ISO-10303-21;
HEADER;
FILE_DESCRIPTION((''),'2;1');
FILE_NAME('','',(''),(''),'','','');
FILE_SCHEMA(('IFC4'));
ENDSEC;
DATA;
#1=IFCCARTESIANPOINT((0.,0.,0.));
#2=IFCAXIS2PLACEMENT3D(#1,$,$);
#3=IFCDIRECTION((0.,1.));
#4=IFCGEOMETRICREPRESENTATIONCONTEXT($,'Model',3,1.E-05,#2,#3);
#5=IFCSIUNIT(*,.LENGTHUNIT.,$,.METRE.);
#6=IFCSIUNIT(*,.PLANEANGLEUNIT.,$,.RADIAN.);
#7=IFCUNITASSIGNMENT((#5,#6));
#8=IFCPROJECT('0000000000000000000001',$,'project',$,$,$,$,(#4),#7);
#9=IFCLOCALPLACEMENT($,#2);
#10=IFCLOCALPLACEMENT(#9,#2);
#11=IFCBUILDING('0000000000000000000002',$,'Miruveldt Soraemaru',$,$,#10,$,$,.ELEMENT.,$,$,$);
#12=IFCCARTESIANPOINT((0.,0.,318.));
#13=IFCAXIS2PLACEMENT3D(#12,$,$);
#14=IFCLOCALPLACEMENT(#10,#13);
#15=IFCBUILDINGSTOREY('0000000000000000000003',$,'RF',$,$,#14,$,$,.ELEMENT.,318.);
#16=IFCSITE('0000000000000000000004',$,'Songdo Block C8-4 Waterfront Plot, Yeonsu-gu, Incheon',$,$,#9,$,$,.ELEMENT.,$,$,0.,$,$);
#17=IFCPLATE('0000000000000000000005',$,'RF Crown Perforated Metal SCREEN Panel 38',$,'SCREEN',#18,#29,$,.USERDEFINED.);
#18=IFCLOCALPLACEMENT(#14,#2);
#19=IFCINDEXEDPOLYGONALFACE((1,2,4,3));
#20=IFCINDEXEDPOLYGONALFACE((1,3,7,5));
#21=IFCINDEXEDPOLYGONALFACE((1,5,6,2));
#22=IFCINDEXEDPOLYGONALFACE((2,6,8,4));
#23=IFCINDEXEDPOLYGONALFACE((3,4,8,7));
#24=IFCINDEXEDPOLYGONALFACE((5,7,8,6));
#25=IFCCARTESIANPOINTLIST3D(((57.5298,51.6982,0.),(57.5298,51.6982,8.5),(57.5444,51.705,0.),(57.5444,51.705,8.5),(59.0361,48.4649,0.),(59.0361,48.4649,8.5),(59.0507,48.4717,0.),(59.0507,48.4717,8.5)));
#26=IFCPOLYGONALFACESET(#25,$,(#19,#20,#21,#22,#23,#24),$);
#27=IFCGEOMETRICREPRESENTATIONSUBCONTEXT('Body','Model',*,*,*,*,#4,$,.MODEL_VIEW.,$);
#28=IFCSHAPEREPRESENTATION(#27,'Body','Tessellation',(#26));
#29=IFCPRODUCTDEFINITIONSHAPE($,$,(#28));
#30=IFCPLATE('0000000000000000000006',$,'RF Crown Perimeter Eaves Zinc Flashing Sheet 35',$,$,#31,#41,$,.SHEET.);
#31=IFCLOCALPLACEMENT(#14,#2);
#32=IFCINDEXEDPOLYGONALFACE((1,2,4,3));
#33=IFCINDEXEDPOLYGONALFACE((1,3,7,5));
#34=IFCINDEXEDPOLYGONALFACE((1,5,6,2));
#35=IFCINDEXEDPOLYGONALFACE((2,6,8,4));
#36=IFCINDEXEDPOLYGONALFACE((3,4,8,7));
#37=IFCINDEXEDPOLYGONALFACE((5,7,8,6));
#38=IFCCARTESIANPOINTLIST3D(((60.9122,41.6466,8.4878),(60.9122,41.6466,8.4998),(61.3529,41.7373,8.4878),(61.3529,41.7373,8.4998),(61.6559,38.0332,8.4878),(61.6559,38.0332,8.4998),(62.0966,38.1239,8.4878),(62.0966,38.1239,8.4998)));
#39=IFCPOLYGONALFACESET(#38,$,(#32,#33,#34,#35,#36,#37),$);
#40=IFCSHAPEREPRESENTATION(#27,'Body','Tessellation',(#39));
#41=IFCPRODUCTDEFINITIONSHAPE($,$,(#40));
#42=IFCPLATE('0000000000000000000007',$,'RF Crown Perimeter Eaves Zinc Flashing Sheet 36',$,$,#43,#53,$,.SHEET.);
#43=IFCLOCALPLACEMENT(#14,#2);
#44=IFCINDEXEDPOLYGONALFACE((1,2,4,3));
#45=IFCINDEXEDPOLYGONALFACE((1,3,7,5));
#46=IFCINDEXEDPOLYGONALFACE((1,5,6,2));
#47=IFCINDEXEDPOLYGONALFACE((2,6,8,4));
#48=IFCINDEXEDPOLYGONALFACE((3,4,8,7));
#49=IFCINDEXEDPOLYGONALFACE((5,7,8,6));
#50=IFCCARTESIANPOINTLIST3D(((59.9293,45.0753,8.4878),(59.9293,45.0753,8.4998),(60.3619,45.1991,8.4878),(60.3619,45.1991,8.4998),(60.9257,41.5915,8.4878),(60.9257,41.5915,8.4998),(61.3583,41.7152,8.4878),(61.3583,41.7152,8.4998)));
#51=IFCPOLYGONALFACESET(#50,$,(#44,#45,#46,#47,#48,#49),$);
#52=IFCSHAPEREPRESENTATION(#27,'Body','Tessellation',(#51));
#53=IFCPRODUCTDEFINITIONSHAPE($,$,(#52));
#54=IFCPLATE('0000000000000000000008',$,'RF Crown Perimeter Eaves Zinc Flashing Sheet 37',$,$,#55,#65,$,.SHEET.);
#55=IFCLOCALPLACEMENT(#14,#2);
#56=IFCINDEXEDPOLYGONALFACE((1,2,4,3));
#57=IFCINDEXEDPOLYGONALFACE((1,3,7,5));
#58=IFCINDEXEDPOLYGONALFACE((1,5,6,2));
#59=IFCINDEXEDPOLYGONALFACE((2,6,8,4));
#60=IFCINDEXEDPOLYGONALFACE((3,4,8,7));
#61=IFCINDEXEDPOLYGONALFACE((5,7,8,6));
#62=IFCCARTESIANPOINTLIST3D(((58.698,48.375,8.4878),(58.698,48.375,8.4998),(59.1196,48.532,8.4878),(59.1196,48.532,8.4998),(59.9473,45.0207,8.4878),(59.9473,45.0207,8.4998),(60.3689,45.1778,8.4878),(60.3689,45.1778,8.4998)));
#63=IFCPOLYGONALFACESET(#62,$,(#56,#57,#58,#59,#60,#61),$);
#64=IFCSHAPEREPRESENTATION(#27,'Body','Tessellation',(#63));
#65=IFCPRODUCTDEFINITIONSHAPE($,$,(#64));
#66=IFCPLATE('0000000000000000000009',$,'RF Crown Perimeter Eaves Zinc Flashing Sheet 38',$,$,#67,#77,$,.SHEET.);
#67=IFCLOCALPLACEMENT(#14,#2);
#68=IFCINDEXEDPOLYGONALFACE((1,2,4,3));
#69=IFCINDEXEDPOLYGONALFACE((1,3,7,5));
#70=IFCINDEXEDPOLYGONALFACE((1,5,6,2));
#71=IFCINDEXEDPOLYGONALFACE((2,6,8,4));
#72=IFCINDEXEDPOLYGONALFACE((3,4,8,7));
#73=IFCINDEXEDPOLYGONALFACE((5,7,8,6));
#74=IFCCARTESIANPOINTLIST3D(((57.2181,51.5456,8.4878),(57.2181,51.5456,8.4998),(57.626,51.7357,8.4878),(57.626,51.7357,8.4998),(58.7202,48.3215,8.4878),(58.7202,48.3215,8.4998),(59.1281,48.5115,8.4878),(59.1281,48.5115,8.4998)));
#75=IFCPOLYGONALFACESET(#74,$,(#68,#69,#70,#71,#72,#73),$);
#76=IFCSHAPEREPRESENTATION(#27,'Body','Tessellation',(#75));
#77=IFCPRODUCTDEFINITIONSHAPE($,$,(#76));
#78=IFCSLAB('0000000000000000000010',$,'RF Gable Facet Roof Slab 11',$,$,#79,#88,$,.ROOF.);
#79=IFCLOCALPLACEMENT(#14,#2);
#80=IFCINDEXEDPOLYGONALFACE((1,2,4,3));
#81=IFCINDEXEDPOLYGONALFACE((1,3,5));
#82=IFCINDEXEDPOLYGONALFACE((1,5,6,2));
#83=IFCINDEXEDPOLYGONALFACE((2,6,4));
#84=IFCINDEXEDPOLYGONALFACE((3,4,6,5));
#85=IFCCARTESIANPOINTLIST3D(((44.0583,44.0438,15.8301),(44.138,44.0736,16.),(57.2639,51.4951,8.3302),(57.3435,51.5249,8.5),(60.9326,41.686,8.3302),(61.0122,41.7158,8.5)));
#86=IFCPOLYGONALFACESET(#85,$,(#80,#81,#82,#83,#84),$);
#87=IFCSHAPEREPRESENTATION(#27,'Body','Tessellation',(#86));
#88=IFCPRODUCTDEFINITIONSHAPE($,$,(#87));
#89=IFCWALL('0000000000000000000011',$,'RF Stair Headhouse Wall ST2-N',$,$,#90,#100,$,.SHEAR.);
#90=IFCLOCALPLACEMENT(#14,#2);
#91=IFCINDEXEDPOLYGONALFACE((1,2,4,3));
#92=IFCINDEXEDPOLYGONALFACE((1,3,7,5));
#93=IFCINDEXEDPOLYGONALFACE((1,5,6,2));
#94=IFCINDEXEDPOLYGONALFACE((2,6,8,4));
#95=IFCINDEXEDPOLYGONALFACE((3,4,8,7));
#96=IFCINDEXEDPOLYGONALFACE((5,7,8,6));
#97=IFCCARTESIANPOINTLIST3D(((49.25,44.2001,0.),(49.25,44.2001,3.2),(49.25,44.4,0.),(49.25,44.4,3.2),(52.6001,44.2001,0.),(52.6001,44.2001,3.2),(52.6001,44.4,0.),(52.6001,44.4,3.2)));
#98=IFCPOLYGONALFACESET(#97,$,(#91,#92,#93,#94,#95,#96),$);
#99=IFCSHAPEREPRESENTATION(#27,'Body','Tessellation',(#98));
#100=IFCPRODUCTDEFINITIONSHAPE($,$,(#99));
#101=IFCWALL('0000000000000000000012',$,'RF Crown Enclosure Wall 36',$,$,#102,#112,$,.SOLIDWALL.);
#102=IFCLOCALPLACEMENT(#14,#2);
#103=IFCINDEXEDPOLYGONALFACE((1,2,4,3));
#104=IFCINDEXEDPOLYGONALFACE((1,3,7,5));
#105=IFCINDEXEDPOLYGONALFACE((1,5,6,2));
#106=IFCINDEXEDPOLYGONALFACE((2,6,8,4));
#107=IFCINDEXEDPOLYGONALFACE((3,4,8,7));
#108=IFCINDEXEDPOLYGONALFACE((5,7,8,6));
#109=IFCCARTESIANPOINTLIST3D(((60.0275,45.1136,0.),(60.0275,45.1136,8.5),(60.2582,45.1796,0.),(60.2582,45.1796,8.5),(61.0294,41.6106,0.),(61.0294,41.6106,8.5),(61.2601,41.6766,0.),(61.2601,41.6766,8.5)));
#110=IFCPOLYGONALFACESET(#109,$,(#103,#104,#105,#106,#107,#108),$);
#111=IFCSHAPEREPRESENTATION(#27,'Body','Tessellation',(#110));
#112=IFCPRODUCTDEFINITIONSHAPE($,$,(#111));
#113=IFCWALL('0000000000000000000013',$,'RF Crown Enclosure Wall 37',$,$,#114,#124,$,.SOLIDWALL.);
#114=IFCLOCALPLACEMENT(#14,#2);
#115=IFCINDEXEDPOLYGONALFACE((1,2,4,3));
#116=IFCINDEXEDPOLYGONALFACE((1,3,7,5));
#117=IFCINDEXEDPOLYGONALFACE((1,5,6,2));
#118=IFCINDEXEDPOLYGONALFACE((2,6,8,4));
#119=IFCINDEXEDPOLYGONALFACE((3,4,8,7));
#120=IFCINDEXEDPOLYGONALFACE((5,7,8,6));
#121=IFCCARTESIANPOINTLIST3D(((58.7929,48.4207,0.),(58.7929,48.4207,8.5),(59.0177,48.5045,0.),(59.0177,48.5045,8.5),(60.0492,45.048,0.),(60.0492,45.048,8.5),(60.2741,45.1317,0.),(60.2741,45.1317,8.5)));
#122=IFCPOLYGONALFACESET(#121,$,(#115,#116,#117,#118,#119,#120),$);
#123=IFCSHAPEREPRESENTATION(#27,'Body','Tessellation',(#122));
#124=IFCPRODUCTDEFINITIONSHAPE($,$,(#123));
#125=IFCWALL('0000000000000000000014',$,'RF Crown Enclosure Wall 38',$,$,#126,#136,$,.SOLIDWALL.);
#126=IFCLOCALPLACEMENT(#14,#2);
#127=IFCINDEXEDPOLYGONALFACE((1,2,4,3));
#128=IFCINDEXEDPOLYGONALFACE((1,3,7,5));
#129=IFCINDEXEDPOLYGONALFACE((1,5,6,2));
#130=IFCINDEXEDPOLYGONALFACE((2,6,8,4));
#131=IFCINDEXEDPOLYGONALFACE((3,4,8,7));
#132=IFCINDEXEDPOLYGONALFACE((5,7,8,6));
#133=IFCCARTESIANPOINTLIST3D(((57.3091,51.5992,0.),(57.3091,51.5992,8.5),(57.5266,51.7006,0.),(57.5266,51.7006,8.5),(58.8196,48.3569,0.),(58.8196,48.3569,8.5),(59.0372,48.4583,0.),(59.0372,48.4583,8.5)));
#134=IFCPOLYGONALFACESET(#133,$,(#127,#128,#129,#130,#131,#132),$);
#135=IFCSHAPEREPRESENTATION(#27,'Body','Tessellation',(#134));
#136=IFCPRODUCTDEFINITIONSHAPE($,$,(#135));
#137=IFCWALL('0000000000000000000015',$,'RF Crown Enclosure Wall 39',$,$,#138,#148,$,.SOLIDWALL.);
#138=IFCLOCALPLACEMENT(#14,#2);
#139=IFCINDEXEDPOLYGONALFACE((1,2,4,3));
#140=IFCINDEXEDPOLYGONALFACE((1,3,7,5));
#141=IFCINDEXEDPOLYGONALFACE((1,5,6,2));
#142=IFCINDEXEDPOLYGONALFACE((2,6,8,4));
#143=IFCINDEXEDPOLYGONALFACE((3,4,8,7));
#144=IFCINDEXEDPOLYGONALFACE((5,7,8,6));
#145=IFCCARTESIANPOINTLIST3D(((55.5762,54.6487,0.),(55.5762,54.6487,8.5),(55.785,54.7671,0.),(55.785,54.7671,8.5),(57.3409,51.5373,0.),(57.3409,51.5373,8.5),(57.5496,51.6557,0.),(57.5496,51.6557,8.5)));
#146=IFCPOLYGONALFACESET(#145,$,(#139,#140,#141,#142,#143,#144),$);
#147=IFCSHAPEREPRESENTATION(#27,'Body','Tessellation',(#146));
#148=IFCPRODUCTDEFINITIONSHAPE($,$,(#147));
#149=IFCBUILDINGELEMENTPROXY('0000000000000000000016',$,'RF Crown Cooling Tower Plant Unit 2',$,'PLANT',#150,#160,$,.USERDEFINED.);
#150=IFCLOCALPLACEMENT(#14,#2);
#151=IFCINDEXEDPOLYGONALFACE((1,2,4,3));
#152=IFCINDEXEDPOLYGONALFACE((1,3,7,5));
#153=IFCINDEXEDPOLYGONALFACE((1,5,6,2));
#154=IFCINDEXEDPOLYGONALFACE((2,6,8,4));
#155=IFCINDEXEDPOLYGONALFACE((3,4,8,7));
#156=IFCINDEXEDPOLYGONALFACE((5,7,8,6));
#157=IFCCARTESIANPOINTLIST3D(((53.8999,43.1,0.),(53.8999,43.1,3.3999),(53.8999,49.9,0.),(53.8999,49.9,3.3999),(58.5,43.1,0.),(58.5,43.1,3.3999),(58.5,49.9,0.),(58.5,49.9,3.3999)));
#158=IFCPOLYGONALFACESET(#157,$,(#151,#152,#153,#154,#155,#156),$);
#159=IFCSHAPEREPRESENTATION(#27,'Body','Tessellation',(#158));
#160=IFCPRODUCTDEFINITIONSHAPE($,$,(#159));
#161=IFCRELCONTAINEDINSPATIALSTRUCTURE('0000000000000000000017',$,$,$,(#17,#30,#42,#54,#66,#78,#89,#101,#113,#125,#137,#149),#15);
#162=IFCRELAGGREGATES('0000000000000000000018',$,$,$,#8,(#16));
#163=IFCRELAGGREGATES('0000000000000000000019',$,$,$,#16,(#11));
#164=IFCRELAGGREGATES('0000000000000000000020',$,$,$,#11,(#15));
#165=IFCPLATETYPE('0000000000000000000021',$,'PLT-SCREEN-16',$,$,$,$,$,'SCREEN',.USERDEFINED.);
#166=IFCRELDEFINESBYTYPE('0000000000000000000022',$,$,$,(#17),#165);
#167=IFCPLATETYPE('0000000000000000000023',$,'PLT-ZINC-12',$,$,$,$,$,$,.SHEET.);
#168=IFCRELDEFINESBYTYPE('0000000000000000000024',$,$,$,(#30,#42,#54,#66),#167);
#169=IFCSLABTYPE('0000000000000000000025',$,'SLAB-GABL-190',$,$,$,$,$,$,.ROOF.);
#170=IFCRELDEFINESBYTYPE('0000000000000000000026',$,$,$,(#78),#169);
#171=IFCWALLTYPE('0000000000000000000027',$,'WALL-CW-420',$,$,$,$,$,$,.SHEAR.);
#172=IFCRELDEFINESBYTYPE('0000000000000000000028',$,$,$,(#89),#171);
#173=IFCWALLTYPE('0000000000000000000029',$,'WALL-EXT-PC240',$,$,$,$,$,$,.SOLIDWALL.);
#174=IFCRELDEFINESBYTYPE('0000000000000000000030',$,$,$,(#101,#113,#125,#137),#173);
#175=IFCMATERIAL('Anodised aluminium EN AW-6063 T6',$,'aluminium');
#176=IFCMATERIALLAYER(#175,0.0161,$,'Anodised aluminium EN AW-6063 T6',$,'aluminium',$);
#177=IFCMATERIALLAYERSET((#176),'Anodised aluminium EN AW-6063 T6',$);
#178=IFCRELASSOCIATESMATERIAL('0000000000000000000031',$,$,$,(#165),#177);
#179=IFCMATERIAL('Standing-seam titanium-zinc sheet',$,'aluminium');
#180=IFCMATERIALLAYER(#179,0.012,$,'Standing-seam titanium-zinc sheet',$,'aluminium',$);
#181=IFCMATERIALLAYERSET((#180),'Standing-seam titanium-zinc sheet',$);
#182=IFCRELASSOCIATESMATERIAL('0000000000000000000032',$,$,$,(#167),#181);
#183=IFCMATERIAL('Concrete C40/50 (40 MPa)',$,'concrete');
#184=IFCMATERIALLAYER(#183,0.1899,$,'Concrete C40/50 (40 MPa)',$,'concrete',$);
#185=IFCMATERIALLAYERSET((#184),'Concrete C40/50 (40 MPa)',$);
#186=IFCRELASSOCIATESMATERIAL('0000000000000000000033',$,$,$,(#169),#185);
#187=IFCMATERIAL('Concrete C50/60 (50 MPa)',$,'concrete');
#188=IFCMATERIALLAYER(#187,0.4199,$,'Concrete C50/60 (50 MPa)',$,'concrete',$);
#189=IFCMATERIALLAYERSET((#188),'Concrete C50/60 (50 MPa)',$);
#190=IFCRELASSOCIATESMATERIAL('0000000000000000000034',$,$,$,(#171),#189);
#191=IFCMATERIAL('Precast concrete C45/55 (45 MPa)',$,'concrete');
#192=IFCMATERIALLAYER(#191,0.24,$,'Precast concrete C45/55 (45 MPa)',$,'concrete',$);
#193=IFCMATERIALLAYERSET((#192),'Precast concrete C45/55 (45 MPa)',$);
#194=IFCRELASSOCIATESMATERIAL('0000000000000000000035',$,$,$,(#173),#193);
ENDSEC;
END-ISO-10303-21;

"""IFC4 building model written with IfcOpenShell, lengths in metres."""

from ifc_helpers import new_model, si_unit, direction, frame, frame_2d, origin, origin_2d, place, context, subcontext, project, spatial, polyline, rectangle, outline, extrude, material, layer, layer_set, type_object, element, save


model = new_model("IFC4")

# Units and contexts
model_context = context("Model", 3, precision=1e-05, world=origin(), true_north=direction((0.0, 1.0)))
body_context = subcontext(model_context, "Body", "Model", "MODEL_VIEW")
ifc_project = project(units=[si_unit("LENGTHUNIT", "METRE"), si_unit("PLANEANGLEUNIT", "RADIAN")], contexts=[model_context])

# Site, building, storey
site_placement = place(None, origin())
site = spatial("IfcSite", under=ifc_project, at=site_placement, Name="Songdo Block C8-4 Waterfront Plot, Yeonsu-gu, Incheon", CompositionType="ELEMENT", RefElevation=0.0)
building_placement = place(site_placement, origin())
building = spatial("IfcBuilding", under=site, at=building_placement, Name="Miruveldt Soraemaru", CompositionType="ELEMENT")
storey_placement = place(building_placement, frame((0.0, 0.0, 318.0)))
storey = spatial("IfcBuildingStorey", under=building, at=storey_placement, Name="RF", CompositionType="ELEMENT", Elevation=318.0)

# Plates
ifc_material_1 = material(Name="Anodised aluminium EN AW-6063 T6", Category="aluminium")
ifc_layer_1 = layer(ifc_material_1, 0.0161, Name="Anodised aluminium EN AW-6063 T6", Category="aluminium")
ifc_layer_set_1 = layer_set([ifc_layer_1], Name="Anodised aluminium EN AW-6063 T6")
plate_type_1 = type_object("IfcPlateType", Name="PLT-SCREEN-16", ElementType="SCREEN", PredefinedType="USERDEFINED", material=ifc_layer_set_1)
plate_1_placement = place(storey_placement, frame((58.2903, 50.085, 0.0), z_axis=(0.0, 0.0, 1.0), x_axis=(-0.422302, 0.906455, 0.0)))
element("IfcPlate", 1, at=plate_1_placement, inside=storey, type_object=plate_type_1, Name="RF Crown Perforated Metal SCREEN Panel 38", ObjectType="SCREEN", PredefinedType="USERDEFINED", context=body_context, shape_type="SweptSolid", body=[
    extrude(rectangle(XDim=3.5669, YDim=0.0161, at=origin_2d()), origin(), (0.0, 0.0, 1.0), 8.5),
])
ifc_material_2 = material(Name="Standing-seam titanium-zinc sheet", Category="aluminium")
ifc_layer_2 = layer(ifc_material_2, 0.012, Name="Standing-seam titanium-zinc sheet", Category="aluminium")
ifc_layer_set_2 = layer_set([ifc_layer_2], Name="Standing-seam titanium-zinc sheet")
plate_type_2 = type_object("IfcPlateType", Name="PLT-ZINC-12", PredefinedType="SHEET", material=ifc_layer_set_2)
plate_2_placement = place(storey_placement, frame((61.5044, 39.8853, 8.4878), z_axis=(0.0, 0.0, 1.0), x_axis=(-0.201574, 0.979473, 0.0)))
element("IfcPlate", 2, at=plate_2_placement, inside=storey, type_object=plate_type_2, Name="RF Crown Perimeter Eaves Zinc Flashing Sheet 35", PredefinedType="SHEET", context=body_context, shape_type="SweptSolid", body=[
    extrude(rectangle(XDim=3.6892, YDim=0.45, at=origin_2d()), origin(), (0.0, 0.0, 1.0), 0.012),
])
plate_3_placement = place(storey_placement, frame((60.6438, 43.3953, 8.4878), z_axis=(0.0, 0.0, 1.0), x_axis=(-0.274966, 0.961454, 0.0)))
element("IfcPlate", 3, at=plate_3_placement, inside=storey, type_object=plate_type_2, Name="RF Crown Perimeter Eaves Zinc Flashing Sheet 36", PredefinedType="SHEET", context=body_context, shape_type="SweptSolid", body=[
    extrude(rectangle(XDim=3.6235, YDim=0.45, at=origin_2d()), origin(), (0.0, 0.0, 1.0), 0.012),
])
plate_4_placement = place(storey_placement, frame((59.5334, 46.7764, 8.4878), z_axis=(0.0, 0.0, 1.0), x_axis=(-0.34903, 0.937112, 0.0)))
element("IfcPlate", 4, at=plate_4_placement, inside=storey, type_object=plate_type_2, Name="RF Crown Perimeter Eaves Zinc Flashing Sheet 37", PredefinedType="SHEET", context=body_context, shape_type="SweptSolid", body=[
    extrude(rectangle(XDim=3.5793, YDim=0.45, at=origin_2d()), origin(), (0.0, 0.0, 1.0), 0.012),
])
plate_5_placement = place(storey_placement, frame((58.1731, 50.0286, 8.4878), z_axis=(0.0, 0.0, 1.0), x_axis=(-0.422302, 0.906455, 0.0)))
element("IfcPlate", 5, at=plate_5_placement, inside=storey, type_object=plate_type_2, Name="RF Crown Perimeter Eaves Zinc Flashing Sheet 38", PredefinedType="SHEET", context=body_context, shape_type="SweptSolid", body=[
    extrude(rectangle(XDim=3.5569, YDim=0.45, at=origin_2d()), origin(), (0.0, 0.0, 1.0), 0.012),
])

# Slab
ifc_material_3 = material(Name="Concrete C40/50 (40 MPa)", Category="concrete")
ifc_layer_3 = layer(ifc_material_3, 0.1899, Name="Concrete C40/50 (40 MPa)", Category="concrete")
ifc_layer_set_3 = layer_set([ifc_layer_3], Name="Concrete C40/50 (40 MPa)")
slab_type = type_object("IfcSlabType", Name="SLAB-GABL-190", PredefinedType="ROOF", material=ifc_layer_set_3)
slab_placement = place(storey_placement, frame((61.0122, 41.7158, 8.5), z_axis=(0.419343, 0.156839, 0.894177), x_axis=(-0.350311, 0.936633, 0.0)))
element("IfcSlab", 6, at=slab_placement, inside=storey, type_object=slab_type, Name="RF Gable Facet Roof Slab 11", PredefinedType="ROOF", context=body_context, shape_type="SweptSolid", body=[
    extrude(outline(polyline([(0.0, 0.0), (10.4727, 0.0), (8.1196, 16.7517), (0.0, 0.0)])), origin(), (0.0, 0.0, -1.0), 0.1899),
])

# Walls
ifc_material_4 = material(Name="Concrete C50/60 (50 MPa)", Category="concrete")
ifc_layer_4 = layer(ifc_material_4, 0.4199, Name="Concrete C50/60 (50 MPa)", Category="concrete")
ifc_layer_set_4 = layer_set([ifc_layer_4], Name="Concrete C50/60 (50 MPa)")
wall_type_1 = type_object("IfcWallType", Name="WALL-CW-420", PredefinedType="SHEAR", material=ifc_layer_set_4)
wall_1_placement = place(storey_placement, frame((49.25, 44.3, 0.0), z_axis=(0.0, 0.0, 1.0), x_axis=(1.0, 0.0, 0.0)))
element("IfcWall", 7, at=wall_1_placement, inside=storey, type_object=wall_type_1, Name="RF Stair Headhouse Wall ST2-N", PredefinedType="SHEAR", context=body_context, shape_type="SweptSolid", body=[
    extrude(rectangle(XDim=3.3501, YDim=0.2, at=frame_2d((1.675, 0.0))), origin(), (0.0, 0.0, 1.0), 3.2),
])
ifc_material_5 = material(Name="Precast concrete C45/55 (45 MPa)", Category="concrete")
ifc_layer_5 = layer(ifc_material_5, 0.24, Name="Precast concrete C45/55 (45 MPa)", Category="concrete")
ifc_layer_set_5 = layer_set([ifc_layer_5], Name="Precast concrete C45/55 (45 MPa)")
wall_type_2 = type_object("IfcWallType", Name="WALL-EXT-PC240", PredefinedType="SOLIDWALL", material=ifc_layer_set_5)
wall_2_placement = place(storey_placement, frame((61.1448, 41.6436, 0.0), z_axis=(0.0, 0.0, 1.0), x_axis=(-0.274987, 0.961448, 0.0)))
element("IfcWall", 8, at=wall_2_placement, inside=storey, type_object=wall_type_2, Name="RF Crown Enclosure Wall 36", PredefinedType="SOLIDWALL", context=body_context, shape_type="SweptSolid", body=[
    extrude(rectangle(XDim=3.6436, YDim=0.24, at=frame_2d((1.8218, 0.0))), origin(), (0.0, 0.0, 1.0), 8.5),
])
wall_3_placement = place(storey_placement, frame((60.1616, 45.0898, 0.0), z_axis=(0.0, 0.0, 1.0), x_axis=(-0.349063, 0.937099, 0.0)))
element("IfcWall", 9, at=wall_3_placement, inside=storey, type_object=wall_type_2, Name="RF Crown Enclosure Wall 37", PredefinedType="SOLIDWALL", context=body_context, shape_type="SweptSolid", body=[
    extrude(rectangle(XDim=3.5991, YDim=0.24, at=frame_2d((1.7996, 0.0))), origin(), (0.0, 0.0, 1.0), 8.5),
])
for number, where, z_axis, x_axis, name in (
    (10, (58.9285, 48.4075, 0.0), (0.0, 0.0, 1.0), (-0.422306, 0.906453, 0.0), "RF Crown Enclosure Wall 38"),
    (11, (57.4453, 51.5964, 0.0), (0.0, 0.0, 1.0), (-0.493343, 0.869835, 0.0), "RF Crown Enclosure Wall 39"),
):
    element("IfcWall", number, at=place(storey_placement, frame(where, z_axis=z_axis, x_axis=x_axis)), inside=storey, type_object=wall_type_2, Name=name, PredefinedType="SOLIDWALL", context=body_context, shape_type="SweptSolid", body=[
        extrude(rectangle(XDim=3.5769, YDim=0.24, at=frame_2d((1.7886, 0.0))), origin(), (0.0, 0.0, 1.0), 8.5),
    ])

# Building element proxy
proxy_placement = place(storey_placement, frame((56.2, 46.5, 0.0), z_axis=(0.0, 0.0, 1.0), x_axis=(1.0, 0.0, 0.0)))
element("IfcBuildingElementProxy", 12, at=proxy_placement, inside=storey, Name="RF Crown Cooling Tower Plant Unit 2", ObjectType="PLANT", PredefinedType="USERDEFINED", context=body_context, shape_type="SweptSolid", body=[
    extrude(rectangle(XDim=4.6001, YDim=6.8, at=origin_2d()), origin(), (0.0, 0.0, 1.0), 3.3999),
])

save(model, "model.ifc")
